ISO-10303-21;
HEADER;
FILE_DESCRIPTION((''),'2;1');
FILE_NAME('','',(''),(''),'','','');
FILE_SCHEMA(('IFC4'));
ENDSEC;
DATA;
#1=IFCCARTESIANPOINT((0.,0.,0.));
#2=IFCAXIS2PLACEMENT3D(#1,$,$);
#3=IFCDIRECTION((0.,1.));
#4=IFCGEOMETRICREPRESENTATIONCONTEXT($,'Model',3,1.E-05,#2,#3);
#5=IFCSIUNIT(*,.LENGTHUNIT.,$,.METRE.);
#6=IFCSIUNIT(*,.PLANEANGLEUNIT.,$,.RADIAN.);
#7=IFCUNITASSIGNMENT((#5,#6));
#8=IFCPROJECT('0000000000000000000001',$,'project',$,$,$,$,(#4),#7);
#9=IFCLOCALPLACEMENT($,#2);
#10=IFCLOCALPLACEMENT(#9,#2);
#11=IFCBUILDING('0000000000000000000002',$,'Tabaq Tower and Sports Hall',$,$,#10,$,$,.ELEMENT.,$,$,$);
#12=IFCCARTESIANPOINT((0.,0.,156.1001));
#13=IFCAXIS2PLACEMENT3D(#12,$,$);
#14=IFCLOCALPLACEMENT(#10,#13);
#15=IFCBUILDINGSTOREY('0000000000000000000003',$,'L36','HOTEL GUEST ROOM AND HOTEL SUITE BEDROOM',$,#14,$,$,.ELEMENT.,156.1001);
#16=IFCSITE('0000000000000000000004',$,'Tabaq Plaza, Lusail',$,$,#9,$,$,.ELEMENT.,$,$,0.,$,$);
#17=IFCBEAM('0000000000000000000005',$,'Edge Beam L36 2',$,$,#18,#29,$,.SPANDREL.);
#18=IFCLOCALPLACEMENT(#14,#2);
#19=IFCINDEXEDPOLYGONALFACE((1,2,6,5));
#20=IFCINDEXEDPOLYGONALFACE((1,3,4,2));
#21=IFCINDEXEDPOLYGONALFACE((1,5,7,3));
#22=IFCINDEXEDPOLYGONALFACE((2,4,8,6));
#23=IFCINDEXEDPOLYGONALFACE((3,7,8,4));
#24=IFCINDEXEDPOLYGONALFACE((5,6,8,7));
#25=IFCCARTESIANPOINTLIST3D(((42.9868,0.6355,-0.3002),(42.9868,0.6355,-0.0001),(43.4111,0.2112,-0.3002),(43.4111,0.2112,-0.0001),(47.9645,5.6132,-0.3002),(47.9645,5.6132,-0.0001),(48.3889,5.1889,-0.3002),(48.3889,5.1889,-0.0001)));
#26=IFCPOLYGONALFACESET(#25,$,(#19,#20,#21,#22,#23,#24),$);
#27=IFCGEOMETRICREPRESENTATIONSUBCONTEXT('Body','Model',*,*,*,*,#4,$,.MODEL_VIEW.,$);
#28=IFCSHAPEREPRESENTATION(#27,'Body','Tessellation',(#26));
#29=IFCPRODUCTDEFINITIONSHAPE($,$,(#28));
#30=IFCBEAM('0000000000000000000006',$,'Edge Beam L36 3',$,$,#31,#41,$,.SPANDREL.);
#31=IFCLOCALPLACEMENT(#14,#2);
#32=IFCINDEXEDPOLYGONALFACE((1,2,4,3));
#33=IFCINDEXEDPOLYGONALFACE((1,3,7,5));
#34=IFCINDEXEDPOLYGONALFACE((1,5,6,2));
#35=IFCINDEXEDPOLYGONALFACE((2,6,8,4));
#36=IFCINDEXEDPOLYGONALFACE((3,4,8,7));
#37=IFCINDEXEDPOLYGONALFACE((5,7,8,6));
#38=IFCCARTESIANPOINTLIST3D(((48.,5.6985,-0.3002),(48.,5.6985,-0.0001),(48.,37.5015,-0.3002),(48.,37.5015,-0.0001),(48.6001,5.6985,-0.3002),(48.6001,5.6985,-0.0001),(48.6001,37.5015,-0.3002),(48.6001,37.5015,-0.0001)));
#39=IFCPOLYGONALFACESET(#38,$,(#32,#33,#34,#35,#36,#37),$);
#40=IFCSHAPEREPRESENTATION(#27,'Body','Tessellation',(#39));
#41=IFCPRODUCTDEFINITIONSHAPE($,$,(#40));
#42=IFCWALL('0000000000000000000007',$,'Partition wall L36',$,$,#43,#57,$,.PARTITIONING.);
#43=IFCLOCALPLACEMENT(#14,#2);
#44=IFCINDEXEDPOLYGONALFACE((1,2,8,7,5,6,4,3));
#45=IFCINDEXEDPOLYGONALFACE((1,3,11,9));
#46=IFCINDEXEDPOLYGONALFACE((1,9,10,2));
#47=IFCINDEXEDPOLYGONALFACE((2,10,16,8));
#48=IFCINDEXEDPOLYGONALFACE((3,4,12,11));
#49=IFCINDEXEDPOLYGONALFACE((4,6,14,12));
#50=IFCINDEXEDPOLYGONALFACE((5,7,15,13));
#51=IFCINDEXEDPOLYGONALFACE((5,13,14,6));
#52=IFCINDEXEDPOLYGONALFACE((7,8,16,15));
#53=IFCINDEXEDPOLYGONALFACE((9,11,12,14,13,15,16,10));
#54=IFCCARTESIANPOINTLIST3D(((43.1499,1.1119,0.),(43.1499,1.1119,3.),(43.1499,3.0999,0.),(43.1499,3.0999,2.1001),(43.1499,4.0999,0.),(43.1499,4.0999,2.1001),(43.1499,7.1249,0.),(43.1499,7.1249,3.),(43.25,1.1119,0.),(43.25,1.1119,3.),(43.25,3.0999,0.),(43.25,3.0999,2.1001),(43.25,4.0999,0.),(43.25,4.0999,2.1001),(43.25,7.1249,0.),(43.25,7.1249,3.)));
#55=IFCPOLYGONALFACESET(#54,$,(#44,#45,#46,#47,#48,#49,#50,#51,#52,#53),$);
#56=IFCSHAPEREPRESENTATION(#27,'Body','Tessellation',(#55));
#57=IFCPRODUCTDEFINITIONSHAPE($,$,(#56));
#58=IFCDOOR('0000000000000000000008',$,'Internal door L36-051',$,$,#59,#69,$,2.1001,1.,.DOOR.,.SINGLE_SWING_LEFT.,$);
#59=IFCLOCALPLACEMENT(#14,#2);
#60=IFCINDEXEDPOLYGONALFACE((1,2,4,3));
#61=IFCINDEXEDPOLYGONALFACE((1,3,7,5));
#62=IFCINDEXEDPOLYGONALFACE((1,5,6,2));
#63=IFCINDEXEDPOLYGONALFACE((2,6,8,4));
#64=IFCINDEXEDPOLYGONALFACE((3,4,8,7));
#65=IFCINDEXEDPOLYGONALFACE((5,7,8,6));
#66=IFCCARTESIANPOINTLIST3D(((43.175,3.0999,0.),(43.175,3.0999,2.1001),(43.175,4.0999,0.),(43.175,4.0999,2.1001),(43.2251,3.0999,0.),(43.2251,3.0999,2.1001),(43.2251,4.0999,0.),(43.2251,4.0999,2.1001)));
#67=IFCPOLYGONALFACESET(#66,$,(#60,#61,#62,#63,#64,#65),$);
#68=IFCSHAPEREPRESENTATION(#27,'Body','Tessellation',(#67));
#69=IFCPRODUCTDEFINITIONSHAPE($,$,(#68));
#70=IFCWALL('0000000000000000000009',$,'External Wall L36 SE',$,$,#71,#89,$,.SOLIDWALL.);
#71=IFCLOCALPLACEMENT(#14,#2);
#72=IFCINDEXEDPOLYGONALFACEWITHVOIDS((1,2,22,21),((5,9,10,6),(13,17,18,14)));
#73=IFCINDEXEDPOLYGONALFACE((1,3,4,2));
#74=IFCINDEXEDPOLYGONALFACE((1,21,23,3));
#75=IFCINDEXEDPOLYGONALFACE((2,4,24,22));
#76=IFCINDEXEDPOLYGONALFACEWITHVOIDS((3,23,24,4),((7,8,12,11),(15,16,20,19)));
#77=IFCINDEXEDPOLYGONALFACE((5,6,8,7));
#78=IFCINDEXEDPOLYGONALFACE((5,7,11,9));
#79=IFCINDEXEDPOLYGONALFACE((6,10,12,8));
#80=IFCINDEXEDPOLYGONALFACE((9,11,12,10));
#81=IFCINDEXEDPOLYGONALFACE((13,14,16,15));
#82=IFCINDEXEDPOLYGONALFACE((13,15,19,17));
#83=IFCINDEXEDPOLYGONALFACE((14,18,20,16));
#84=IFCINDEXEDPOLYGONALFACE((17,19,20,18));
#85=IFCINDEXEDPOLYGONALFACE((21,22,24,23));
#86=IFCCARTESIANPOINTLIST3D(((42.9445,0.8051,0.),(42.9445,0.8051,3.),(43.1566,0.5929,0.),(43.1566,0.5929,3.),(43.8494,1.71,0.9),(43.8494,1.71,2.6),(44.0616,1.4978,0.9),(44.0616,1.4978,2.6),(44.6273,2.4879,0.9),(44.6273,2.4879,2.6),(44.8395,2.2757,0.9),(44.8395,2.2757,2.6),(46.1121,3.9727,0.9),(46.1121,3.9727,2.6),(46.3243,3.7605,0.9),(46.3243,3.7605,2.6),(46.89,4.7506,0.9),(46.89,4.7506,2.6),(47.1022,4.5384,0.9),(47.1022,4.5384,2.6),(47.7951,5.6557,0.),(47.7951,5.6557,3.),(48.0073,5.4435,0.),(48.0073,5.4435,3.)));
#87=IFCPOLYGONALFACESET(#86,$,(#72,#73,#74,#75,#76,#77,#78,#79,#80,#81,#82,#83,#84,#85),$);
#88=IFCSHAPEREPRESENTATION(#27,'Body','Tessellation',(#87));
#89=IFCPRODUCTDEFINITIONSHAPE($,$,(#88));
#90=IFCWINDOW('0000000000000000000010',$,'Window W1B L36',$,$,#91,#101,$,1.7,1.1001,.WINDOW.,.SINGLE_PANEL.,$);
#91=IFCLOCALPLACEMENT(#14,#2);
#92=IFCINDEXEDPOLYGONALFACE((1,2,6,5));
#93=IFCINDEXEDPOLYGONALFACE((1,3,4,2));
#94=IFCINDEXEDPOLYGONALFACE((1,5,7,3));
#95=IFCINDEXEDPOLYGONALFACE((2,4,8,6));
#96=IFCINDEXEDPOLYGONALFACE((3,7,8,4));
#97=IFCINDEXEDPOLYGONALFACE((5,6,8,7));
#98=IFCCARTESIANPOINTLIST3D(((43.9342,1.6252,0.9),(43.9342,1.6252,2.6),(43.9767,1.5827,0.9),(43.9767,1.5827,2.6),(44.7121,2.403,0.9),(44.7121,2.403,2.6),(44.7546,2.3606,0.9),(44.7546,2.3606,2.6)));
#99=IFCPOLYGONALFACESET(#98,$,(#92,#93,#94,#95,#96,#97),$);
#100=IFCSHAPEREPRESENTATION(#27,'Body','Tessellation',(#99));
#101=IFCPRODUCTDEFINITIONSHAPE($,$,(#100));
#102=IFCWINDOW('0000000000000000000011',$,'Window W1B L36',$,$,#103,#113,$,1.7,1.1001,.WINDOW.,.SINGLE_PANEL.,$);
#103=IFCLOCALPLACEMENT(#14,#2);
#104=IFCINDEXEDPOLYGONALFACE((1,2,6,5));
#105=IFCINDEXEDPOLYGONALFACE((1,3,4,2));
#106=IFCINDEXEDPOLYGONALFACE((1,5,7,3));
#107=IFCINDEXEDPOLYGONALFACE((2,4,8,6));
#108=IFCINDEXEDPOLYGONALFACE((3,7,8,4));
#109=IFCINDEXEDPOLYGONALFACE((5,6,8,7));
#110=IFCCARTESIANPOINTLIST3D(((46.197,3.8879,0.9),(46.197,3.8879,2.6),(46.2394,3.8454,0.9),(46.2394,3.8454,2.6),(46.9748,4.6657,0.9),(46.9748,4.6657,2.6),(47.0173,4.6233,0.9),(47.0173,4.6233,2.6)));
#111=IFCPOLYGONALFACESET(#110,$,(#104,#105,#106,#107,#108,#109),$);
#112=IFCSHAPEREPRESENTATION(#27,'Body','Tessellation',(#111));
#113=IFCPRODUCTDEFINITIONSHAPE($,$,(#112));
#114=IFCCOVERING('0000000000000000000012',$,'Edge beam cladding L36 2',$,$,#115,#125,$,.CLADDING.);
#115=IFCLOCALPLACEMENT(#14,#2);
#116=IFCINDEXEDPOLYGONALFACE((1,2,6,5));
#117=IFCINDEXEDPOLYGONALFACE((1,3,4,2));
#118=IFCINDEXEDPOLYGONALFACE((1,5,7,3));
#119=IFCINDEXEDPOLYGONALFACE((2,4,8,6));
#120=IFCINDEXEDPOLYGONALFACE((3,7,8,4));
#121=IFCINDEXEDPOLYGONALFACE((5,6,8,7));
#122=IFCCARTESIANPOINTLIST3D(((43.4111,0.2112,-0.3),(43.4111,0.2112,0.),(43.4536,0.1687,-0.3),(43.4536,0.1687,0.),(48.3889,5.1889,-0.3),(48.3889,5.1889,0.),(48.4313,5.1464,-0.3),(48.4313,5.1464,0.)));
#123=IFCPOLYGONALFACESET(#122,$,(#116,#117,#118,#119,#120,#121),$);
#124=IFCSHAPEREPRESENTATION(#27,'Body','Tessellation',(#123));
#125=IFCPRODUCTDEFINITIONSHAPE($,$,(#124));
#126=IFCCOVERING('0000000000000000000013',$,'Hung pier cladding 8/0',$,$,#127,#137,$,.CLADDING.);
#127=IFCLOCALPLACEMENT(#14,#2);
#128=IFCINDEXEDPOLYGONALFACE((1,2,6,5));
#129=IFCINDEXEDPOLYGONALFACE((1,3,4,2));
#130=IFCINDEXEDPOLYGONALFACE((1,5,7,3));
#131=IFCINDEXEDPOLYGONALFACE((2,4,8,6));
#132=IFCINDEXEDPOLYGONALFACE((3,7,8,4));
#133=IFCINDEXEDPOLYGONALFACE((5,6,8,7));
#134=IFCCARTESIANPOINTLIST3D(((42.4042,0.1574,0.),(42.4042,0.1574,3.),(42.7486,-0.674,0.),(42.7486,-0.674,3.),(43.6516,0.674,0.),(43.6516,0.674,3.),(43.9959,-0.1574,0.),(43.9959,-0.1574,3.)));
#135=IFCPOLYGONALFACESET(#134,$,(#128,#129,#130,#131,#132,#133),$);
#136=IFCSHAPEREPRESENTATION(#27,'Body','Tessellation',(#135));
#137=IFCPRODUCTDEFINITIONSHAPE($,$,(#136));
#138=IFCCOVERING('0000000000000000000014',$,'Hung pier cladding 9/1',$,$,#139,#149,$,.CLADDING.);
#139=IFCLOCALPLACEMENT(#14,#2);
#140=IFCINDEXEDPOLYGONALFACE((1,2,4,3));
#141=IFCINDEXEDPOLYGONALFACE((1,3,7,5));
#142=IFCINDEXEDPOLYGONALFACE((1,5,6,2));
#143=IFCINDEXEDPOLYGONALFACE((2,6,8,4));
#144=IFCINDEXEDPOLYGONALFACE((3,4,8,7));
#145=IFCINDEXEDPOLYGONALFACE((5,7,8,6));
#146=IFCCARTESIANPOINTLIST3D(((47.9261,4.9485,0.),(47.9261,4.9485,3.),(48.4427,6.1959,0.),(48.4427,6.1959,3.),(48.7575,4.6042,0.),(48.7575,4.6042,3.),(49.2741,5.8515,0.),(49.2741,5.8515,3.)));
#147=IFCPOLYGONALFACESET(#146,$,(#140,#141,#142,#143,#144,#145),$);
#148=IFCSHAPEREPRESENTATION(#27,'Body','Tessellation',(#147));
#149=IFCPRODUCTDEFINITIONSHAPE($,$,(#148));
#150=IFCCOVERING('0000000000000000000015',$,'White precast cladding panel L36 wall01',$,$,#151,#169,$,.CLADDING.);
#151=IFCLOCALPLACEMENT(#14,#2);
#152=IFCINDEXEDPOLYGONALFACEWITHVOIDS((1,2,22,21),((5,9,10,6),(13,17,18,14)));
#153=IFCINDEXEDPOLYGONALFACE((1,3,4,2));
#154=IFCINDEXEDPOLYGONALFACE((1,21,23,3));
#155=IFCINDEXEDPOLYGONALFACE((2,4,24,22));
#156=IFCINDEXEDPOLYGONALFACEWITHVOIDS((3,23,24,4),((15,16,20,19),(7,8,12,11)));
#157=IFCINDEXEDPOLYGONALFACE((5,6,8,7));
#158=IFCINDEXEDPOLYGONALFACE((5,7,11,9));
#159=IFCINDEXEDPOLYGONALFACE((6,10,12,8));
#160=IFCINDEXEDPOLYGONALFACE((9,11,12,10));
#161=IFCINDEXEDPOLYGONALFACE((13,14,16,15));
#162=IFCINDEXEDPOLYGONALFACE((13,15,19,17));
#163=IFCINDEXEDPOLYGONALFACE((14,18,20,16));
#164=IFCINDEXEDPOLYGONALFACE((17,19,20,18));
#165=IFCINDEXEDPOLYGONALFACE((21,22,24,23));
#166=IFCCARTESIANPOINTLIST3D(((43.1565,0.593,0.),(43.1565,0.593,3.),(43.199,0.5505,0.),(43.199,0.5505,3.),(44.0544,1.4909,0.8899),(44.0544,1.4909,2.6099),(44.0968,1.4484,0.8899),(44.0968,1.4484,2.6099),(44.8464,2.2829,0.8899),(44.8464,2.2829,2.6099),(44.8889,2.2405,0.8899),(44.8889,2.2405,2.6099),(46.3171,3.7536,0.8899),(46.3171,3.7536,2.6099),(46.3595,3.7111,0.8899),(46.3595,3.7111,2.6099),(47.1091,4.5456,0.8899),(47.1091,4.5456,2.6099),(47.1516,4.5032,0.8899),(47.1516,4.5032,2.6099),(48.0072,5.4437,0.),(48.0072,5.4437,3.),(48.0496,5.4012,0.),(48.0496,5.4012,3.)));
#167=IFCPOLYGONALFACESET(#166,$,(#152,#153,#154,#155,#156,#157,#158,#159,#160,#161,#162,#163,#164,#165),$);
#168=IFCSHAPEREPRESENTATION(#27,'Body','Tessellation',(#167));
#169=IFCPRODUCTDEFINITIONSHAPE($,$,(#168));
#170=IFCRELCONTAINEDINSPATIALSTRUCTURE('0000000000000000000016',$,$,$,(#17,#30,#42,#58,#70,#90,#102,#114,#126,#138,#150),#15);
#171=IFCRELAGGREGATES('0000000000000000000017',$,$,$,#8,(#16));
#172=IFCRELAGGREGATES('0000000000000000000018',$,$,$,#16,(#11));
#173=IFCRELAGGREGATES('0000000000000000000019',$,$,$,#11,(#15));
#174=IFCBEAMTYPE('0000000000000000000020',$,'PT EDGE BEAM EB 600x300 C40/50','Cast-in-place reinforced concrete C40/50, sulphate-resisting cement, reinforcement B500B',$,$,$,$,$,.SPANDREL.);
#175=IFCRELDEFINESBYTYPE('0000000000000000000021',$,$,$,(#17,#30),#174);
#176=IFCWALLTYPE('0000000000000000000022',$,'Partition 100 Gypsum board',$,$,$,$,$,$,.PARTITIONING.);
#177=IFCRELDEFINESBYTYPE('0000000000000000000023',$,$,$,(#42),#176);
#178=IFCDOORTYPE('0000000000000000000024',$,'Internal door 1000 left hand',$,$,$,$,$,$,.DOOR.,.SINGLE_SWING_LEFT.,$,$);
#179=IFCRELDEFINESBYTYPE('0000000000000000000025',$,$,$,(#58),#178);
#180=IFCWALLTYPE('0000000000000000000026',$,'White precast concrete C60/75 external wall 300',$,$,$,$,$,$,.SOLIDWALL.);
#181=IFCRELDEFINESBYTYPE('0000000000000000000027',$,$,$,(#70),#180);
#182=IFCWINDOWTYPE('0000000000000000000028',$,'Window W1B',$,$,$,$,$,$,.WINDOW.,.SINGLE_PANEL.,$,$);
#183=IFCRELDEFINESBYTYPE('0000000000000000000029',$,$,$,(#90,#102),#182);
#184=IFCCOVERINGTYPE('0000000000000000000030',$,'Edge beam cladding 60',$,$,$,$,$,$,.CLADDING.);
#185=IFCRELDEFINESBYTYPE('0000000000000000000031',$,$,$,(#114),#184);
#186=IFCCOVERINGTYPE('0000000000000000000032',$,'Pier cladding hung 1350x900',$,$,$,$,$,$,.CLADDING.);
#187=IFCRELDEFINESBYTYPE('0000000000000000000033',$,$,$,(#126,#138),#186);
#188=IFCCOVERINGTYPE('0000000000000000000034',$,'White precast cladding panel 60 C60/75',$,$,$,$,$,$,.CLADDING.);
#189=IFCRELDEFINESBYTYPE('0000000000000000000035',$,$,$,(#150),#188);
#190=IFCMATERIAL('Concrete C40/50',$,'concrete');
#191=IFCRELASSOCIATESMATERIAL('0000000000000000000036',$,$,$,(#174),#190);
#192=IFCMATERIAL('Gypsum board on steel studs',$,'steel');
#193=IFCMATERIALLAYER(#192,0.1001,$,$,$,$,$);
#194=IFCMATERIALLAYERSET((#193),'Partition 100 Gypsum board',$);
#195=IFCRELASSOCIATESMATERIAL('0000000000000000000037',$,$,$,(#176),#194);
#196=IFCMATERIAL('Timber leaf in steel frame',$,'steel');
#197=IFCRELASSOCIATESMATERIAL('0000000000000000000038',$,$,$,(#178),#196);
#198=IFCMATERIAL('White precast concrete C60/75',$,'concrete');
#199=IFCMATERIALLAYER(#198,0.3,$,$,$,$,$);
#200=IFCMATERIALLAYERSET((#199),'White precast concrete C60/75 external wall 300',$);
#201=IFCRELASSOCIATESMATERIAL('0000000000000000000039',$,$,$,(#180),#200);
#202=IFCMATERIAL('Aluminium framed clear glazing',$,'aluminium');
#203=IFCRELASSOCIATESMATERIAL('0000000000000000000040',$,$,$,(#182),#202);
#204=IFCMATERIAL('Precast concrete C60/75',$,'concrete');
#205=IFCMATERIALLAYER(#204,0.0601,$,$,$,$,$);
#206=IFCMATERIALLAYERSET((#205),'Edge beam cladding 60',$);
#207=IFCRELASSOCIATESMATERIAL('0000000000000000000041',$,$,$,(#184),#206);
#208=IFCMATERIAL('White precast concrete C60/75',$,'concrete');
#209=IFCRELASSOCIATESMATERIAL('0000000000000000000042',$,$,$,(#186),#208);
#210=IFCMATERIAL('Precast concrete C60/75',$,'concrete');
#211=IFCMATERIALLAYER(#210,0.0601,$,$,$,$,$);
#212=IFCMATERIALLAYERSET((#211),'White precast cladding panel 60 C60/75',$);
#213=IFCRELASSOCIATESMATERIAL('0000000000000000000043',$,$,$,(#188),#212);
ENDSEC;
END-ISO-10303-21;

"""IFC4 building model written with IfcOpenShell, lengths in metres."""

from ifc_helpers import new_model, si_unit, direction, frame, frame_2d, origin, origin_2d, place, context, subcontext, project, spatial, polyline, rectangle, outline, extrude, material, layer, layer_set, material_profile, profile_set, type_object, element, fill, save


model = new_model("IFC4")

# Units and contexts
model_context = context("Model", 3, precision=1e-05, world=origin(), true_north=direction((0.0, 1.0)))
body_context = subcontext(model_context, "Body", "Model", "MODEL_VIEW")
ifc_project = project(units=[si_unit("LENGTHUNIT", "METRE"), si_unit("PLANEANGLEUNIT", "RADIAN")], contexts=[model_context])

# Site, building, storey
site_placement = place(None, origin())
site = spatial("IfcSite", under=ifc_project, at=site_placement, Name="Tabaq Plaza, Lusail", CompositionType="ELEMENT", RefElevation=0.0)
building_placement = place(site_placement, origin())
building = spatial("IfcBuilding", under=site, at=building_placement, Name="Tabaq Tower and Sports Hall", CompositionType="ELEMENT")
storey_placement = place(building_placement, frame((0.0, 0.0, 156.1001)))
storey = spatial("IfcBuildingStorey", under=building, at=storey_placement, Name="L36", Description="HOTEL GUEST ROOM AND HOTEL SUITE BEDROOM", CompositionType="ELEMENT", Elevation=156.1001)

# Beams
ifc_material_1 = material(Name="Concrete C40/50", Category="concrete")
ifc_material_profile = material_profile(ifc_material_1, rectangle(XDim=0.6001, YDim=0.3, at=origin_2d()), Name="EB 600x300")
ifc_profile_set = profile_set([ifc_material_profile], Name="Concrete C40/50")
beam_type = type_object("IfcBeamType", Name="PT EDGE BEAM EB 600x300 C40/50", Description="Cast-in-place reinforced concrete C40/50, sulphate-resisting cement, reinforcement B500B", PredefinedType="SPANDREL", material=ifc_profile_set)
beam_1_placement = place(storey_placement, frame((43.199, 0.4233, -0.1501), z_axis=(0.707107, 0.707107, 0.0), x_axis=(-0.707107, 0.707107, 0.0)))
element("IfcBeam", 1, at=beam_1_placement, inside=storey, type_object=beam_type, Name="Edge Beam L36 2", PredefinedType="SPANDREL", context=body_context, shape_type="SweptSolid", body=[
    extrude(rectangle(XDim=0.6001, YDim=0.3, at=origin_2d()), origin(), (0.0, 0.0, 1.0), 7.0396),
])
beam_2_placement = place(storey_placement, frame((48.3, 5.6985, -0.1501), z_axis=(0.0, 1.0, 0.0), x_axis=(-1.0, 0.0, 0.0)))
element("IfcBeam", 2, at=beam_2_placement, inside=storey, type_object=beam_type, Name="Edge Beam L36 3", PredefinedType="SPANDREL", context=body_context, shape_type="SweptSolid", body=[
    extrude(rectangle(XDim=0.6001, YDim=0.3, at=origin_2d()), origin(), (0.0, 0.0, 1.0), 31.803),
])

# Wall, opening, door
ifc_material_2 = material(Name="Gypsum board on steel studs", Category="steel")
ifc_layer_1 = layer(ifc_material_2, 0.1001)
ifc_layer_set_1 = layer_set([ifc_layer_1], Name="Partition 100 Gypsum board")
wall_type_1 = type_object("IfcWallType", Name="Partition 100 Gypsum board", PredefinedType="PARTITIONING", material=ifc_layer_set_1)
wall_1_placement = place(storey_placement, frame((43.2, 1.1121, 0.0), z_axis=(0.0, 0.0, 1.0), x_axis=(0.0, 1.0, 0.0)))
wall_1 = element("IfcWall", 3, at=wall_1_placement, inside=storey, type_object=wall_type_1, Name="Partition wall L36", PredefinedType="PARTITIONING", context=body_context, shape_type="SweptSolid", body=[
    extrude(rectangle(XDim=6.0129, YDim=0.1001, at=frame_2d((3.0063, 0.0))), origin(), (0.0, 0.0, 1.0), 3.0),
])
opening_1_placement = place(wall_1_placement, frame((1.9878, 0.0, 0.0)))
opening_1 = element("IfcOpeningElement", 4, at=opening_1_placement, cuts=wall_1, PredefinedType="OPENING", context=body_context, shape_type="SweptSolid", body=[
    extrude(rectangle(XDim=1.0, YDim=2.1001, at=frame_2d((0.5, 1.05))), frame((0.0, 0.05, 0.0), z_axis=(0.0, -1.0, 0.0), x_axis=(1.0, 0.0, 0.0)), (0.0, 0.0, 1.0), 0.1001),
])
ifc_material_3 = material(Name="Timber leaf in steel frame", Category="steel")
door_type = type_object("IfcDoorType", Name="Internal door 1000 left hand", OperationType="SINGLE_SWING_LEFT", PredefinedType="DOOR", material=ifc_material_3)
door_placement = place(opening_1_placement, origin())
door = element("IfcDoor", 5, at=door_placement, inside=storey, type_object=door_type, Name="Internal door L36-051", OperationType="SINGLE_SWING_LEFT", OverallHeight=2.1001, OverallWidth=1.0, PredefinedType="DOOR", context=body_context, shape_type="SweptSolid", body=[
    extrude(rectangle(XDim=1.0, YDim=2.1001, at=frame_2d((0.5, 1.05))), frame((0.0, 0.0249, 0.0), z_axis=(0.0, -1.0, 0.0), x_axis=(1.0, 0.0, 0.0)), (0.0, 0.0, 1.0), 0.05),
])
fill(opening_1, door)

# Wall, openings, windows
ifc_material_4 = material(Name="White precast concrete C60/75", Category="concrete")
ifc_layer_2 = layer(ifc_material_4, 0.3)
ifc_layer_set_2 = layer_set([ifc_layer_2], Name="White precast concrete C60/75 external wall 300")
wall_type_2 = type_object("IfcWallType", Name="White precast concrete C60/75 external wall 300", PredefinedType="SOLIDWALL", material=ifc_layer_set_2)
wall_2_placement = place(storey_placement, frame((43.0505, 0.699, 0.0), z_axis=(0.0, 0.0, 1.0), x_axis=(0.707107, 0.707107, 0.0)))
wall_2 = element("IfcWall", 6, at=wall_2_placement, inside=storey, type_object=wall_type_2, Name="External Wall L36 SE", PredefinedType="SOLIDWALL", context=body_context, shape_type="SweptSolid", body=[
    extrude(rectangle(XDim=6.8599, YDim=0.3, at=frame_2d((3.4299, 0.0))), origin(), (0.0, 0.0, 1.0), 3.0),
])
opening_2_placement = place(wall_2_placement, frame((1.2798, 0.0, 0.8999)))
opening_2 = element("IfcOpeningElement", 7, at=opening_2_placement, cuts=wall_2, PredefinedType="OPENING", context=body_context, shape_type="SweptSolid", body=[
    extrude(rectangle(XDim=1.1001, YDim=1.7, at=frame_2d((0.55, 0.8501))), frame((0.0, 0.1602, 0.0), z_axis=(0.0, -1.0, 0.0), x_axis=(1.0, 0.0, 0.0)), (0.0, 0.0, 1.0), 0.3201),
])
opening_3_placement = place(wall_2_placement, frame((4.4797, 0.0, 0.8999)))
opening_3 = element("IfcOpeningElement", 8, at=opening_3_placement, cuts=wall_2, PredefinedType="OPENING", context=body_context, shape_type="SweptSolid", body=[
    extrude(rectangle(XDim=1.1001, YDim=1.7, at=frame_2d((0.55, 0.8501))), frame((0.0, 0.1602, 0.0), z_axis=(0.0, -1.0, 0.0), x_axis=(1.0, 0.0, 0.0)), (0.0, 0.0, 1.0), 0.3201),
])
ifc_material_5 = material(Name="Aluminium framed clear glazing", Category="aluminium")
window_type_1 = type_object("IfcWindowType", Name="Window W1B", PartitioningType="SINGLE_PANEL", PredefinedType="WINDOW", material=ifc_material_5)
window_1_placement = place(opening_2_placement, origin())
window_1 = element("IfcWindow", 9, at=window_1_placement, inside=storey, type_object=window_type_1, Name="Window W1B L36", OverallHeight=1.7, OverallWidth=1.1001, PartitioningType="SINGLE_PANEL", PredefinedType="WINDOW", context=body_context, shape_type="SweptSolid", body=[
    extrude(rectangle(XDim=1.1001, YDim=1.7, at=frame_2d((0.55, 0.8501))), frame((0.0, 0.03, 0.0), z_axis=(0.0, -1.0, 0.0), x_axis=(1.0, 0.0, 0.0)), (0.0, 0.0, 1.0), 0.0601),
])
fill(opening_2, window_1)
window_2_placement = place(opening_3_placement, origin())
window_2 = element("IfcWindow", 10, at=window_2_placement, inside=storey, type_object=window_type_1, Name="Window W1B L36", OverallHeight=1.7, OverallWidth=1.1001, PartitioningType="SINGLE_PANEL", PredefinedType="WINDOW", context=body_context, shape_type="SweptSolid", body=[
    extrude(rectangle(XDim=1.1001, YDim=1.7, at=frame_2d((0.55, 0.8501))), frame((0.0, 0.03, 0.0), z_axis=(0.0, -1.0, 0.0), x_axis=(1.0, 0.0, 0.0)), (0.0, 0.0, 1.0), 0.0601),
])
fill(opening_3, window_2)

# Coverings
ifc_material_6 = material(Name="Precast concrete C60/75", Category="concrete")
ifc_layer_3 = layer(ifc_material_6, 0.0601)
ifc_layer_set_3 = layer_set([ifc_layer_3], Name="Edge beam cladding 60")
covering_type_1 = type_object("IfcCoveringType", Name="Edge beam cladding 60", PredefinedType="CLADDING", material=ifc_layer_set_3)
covering_1_placement = place(storey_placement, frame((43.4324, 0.1899, -0.3), z_axis=(0.0, 0.0, 1.0), x_axis=(0.707107, 0.707107, 0.0)))
element("IfcCovering", 11, at=covering_1_placement, inside=storey, type_object=covering_type_1, Name="Edge beam cladding L36 2", PredefinedType="CLADDING", context=body_context, shape_type="SweptSolid", body=[
    extrude(rectangle(XDim=7.0396, YDim=0.0601, at=frame_2d((3.5198, 0.0))), origin(), (0.0, 0.0, 1.0), 0.3),
])
ifc_material_7 = material(Name="White precast concrete C60/75", Category="concrete")
covering_type_2 = type_object("IfcCoveringType", Name="Pier cladding hung 1350x900", PredefinedType="CLADDING", material=ifc_material_7)
for number, where, z_axis, x_axis, name in (
    (12, (42.5764, -0.2583, 0.0), (0.0, 0.0, 1.0), (0.923893, 0.38265, 0.0), "Hung pier cladding 8/0"),
    (13, (48.3418, 4.7764, 0.0), (0.0, 0.0, 1.0), (0.38265, 0.923893, 0.0), "Hung pier cladding 9/1"),
):
    element("IfcCovering", number, at=place(storey_placement, frame(where, z_axis=z_axis, x_axis=x_axis)), inside=storey, type_object=covering_type_2, Name=name, PredefinedType="CLADDING", context=body_context, shape_type="SweptSolid", body=[
        extrude(rectangle(XDim=1.3501, YDim=0.8999, at=frame_2d((0.675, 0.0))), origin(), (0.0, 0.0, 1.0), 3.0),
    ])
ifc_material_8 = material(Name="Precast concrete C60/75", Category="concrete")
ifc_layer_4 = layer(ifc_material_8, 0.0601)
ifc_layer_set_4 = layer_set([ifc_layer_4], Name="White precast cladding panel 60 C60/75")
covering_type_3 = type_object("IfcCoveringType", Name="White precast cladding panel 60 C60/75", PredefinedType="CLADDING", material=ifc_layer_set_4)
covering_2_placement = place(storey_placement, frame((43.1777, 0.5718, 0.0), z_axis=(0.0, 0.0, 1.0), x_axis=(0.707107, 0.707107, 0.0)))
element("IfcCovering", 14, at=covering_2_placement, inside=storey, type_object=covering_type_3, Name="White precast cladding panel L36 wall01", PredefinedType="CLADDING", context=body_context, shape_type="SweptSolid", body=[
    extrude(outline(polyline([(0.0, 0.0), (6.8599, 0.0), (6.8599, 3.0), (0.0, 3.0), (0.0, 0.0)]), holes=[polyline([(1.2698, 2.6099), (2.3899, 2.6099), (2.3899, 0.8899), (1.2698, 0.8899), (1.2698, 2.6099)]), polyline([(4.4697, 2.6099), (5.5898, 2.6099), (5.5898, 0.8899), (4.4697, 0.8899), (4.4697, 2.6099)])]), frame((0.0, 0.03, 0.0), z_axis=(0.0, -1.0, 0.0), x_axis=(1.0, 0.0, 0.0)), (0.0, 0.0, 1.0), 0.0601),
])

save(model, "model.ifc")
